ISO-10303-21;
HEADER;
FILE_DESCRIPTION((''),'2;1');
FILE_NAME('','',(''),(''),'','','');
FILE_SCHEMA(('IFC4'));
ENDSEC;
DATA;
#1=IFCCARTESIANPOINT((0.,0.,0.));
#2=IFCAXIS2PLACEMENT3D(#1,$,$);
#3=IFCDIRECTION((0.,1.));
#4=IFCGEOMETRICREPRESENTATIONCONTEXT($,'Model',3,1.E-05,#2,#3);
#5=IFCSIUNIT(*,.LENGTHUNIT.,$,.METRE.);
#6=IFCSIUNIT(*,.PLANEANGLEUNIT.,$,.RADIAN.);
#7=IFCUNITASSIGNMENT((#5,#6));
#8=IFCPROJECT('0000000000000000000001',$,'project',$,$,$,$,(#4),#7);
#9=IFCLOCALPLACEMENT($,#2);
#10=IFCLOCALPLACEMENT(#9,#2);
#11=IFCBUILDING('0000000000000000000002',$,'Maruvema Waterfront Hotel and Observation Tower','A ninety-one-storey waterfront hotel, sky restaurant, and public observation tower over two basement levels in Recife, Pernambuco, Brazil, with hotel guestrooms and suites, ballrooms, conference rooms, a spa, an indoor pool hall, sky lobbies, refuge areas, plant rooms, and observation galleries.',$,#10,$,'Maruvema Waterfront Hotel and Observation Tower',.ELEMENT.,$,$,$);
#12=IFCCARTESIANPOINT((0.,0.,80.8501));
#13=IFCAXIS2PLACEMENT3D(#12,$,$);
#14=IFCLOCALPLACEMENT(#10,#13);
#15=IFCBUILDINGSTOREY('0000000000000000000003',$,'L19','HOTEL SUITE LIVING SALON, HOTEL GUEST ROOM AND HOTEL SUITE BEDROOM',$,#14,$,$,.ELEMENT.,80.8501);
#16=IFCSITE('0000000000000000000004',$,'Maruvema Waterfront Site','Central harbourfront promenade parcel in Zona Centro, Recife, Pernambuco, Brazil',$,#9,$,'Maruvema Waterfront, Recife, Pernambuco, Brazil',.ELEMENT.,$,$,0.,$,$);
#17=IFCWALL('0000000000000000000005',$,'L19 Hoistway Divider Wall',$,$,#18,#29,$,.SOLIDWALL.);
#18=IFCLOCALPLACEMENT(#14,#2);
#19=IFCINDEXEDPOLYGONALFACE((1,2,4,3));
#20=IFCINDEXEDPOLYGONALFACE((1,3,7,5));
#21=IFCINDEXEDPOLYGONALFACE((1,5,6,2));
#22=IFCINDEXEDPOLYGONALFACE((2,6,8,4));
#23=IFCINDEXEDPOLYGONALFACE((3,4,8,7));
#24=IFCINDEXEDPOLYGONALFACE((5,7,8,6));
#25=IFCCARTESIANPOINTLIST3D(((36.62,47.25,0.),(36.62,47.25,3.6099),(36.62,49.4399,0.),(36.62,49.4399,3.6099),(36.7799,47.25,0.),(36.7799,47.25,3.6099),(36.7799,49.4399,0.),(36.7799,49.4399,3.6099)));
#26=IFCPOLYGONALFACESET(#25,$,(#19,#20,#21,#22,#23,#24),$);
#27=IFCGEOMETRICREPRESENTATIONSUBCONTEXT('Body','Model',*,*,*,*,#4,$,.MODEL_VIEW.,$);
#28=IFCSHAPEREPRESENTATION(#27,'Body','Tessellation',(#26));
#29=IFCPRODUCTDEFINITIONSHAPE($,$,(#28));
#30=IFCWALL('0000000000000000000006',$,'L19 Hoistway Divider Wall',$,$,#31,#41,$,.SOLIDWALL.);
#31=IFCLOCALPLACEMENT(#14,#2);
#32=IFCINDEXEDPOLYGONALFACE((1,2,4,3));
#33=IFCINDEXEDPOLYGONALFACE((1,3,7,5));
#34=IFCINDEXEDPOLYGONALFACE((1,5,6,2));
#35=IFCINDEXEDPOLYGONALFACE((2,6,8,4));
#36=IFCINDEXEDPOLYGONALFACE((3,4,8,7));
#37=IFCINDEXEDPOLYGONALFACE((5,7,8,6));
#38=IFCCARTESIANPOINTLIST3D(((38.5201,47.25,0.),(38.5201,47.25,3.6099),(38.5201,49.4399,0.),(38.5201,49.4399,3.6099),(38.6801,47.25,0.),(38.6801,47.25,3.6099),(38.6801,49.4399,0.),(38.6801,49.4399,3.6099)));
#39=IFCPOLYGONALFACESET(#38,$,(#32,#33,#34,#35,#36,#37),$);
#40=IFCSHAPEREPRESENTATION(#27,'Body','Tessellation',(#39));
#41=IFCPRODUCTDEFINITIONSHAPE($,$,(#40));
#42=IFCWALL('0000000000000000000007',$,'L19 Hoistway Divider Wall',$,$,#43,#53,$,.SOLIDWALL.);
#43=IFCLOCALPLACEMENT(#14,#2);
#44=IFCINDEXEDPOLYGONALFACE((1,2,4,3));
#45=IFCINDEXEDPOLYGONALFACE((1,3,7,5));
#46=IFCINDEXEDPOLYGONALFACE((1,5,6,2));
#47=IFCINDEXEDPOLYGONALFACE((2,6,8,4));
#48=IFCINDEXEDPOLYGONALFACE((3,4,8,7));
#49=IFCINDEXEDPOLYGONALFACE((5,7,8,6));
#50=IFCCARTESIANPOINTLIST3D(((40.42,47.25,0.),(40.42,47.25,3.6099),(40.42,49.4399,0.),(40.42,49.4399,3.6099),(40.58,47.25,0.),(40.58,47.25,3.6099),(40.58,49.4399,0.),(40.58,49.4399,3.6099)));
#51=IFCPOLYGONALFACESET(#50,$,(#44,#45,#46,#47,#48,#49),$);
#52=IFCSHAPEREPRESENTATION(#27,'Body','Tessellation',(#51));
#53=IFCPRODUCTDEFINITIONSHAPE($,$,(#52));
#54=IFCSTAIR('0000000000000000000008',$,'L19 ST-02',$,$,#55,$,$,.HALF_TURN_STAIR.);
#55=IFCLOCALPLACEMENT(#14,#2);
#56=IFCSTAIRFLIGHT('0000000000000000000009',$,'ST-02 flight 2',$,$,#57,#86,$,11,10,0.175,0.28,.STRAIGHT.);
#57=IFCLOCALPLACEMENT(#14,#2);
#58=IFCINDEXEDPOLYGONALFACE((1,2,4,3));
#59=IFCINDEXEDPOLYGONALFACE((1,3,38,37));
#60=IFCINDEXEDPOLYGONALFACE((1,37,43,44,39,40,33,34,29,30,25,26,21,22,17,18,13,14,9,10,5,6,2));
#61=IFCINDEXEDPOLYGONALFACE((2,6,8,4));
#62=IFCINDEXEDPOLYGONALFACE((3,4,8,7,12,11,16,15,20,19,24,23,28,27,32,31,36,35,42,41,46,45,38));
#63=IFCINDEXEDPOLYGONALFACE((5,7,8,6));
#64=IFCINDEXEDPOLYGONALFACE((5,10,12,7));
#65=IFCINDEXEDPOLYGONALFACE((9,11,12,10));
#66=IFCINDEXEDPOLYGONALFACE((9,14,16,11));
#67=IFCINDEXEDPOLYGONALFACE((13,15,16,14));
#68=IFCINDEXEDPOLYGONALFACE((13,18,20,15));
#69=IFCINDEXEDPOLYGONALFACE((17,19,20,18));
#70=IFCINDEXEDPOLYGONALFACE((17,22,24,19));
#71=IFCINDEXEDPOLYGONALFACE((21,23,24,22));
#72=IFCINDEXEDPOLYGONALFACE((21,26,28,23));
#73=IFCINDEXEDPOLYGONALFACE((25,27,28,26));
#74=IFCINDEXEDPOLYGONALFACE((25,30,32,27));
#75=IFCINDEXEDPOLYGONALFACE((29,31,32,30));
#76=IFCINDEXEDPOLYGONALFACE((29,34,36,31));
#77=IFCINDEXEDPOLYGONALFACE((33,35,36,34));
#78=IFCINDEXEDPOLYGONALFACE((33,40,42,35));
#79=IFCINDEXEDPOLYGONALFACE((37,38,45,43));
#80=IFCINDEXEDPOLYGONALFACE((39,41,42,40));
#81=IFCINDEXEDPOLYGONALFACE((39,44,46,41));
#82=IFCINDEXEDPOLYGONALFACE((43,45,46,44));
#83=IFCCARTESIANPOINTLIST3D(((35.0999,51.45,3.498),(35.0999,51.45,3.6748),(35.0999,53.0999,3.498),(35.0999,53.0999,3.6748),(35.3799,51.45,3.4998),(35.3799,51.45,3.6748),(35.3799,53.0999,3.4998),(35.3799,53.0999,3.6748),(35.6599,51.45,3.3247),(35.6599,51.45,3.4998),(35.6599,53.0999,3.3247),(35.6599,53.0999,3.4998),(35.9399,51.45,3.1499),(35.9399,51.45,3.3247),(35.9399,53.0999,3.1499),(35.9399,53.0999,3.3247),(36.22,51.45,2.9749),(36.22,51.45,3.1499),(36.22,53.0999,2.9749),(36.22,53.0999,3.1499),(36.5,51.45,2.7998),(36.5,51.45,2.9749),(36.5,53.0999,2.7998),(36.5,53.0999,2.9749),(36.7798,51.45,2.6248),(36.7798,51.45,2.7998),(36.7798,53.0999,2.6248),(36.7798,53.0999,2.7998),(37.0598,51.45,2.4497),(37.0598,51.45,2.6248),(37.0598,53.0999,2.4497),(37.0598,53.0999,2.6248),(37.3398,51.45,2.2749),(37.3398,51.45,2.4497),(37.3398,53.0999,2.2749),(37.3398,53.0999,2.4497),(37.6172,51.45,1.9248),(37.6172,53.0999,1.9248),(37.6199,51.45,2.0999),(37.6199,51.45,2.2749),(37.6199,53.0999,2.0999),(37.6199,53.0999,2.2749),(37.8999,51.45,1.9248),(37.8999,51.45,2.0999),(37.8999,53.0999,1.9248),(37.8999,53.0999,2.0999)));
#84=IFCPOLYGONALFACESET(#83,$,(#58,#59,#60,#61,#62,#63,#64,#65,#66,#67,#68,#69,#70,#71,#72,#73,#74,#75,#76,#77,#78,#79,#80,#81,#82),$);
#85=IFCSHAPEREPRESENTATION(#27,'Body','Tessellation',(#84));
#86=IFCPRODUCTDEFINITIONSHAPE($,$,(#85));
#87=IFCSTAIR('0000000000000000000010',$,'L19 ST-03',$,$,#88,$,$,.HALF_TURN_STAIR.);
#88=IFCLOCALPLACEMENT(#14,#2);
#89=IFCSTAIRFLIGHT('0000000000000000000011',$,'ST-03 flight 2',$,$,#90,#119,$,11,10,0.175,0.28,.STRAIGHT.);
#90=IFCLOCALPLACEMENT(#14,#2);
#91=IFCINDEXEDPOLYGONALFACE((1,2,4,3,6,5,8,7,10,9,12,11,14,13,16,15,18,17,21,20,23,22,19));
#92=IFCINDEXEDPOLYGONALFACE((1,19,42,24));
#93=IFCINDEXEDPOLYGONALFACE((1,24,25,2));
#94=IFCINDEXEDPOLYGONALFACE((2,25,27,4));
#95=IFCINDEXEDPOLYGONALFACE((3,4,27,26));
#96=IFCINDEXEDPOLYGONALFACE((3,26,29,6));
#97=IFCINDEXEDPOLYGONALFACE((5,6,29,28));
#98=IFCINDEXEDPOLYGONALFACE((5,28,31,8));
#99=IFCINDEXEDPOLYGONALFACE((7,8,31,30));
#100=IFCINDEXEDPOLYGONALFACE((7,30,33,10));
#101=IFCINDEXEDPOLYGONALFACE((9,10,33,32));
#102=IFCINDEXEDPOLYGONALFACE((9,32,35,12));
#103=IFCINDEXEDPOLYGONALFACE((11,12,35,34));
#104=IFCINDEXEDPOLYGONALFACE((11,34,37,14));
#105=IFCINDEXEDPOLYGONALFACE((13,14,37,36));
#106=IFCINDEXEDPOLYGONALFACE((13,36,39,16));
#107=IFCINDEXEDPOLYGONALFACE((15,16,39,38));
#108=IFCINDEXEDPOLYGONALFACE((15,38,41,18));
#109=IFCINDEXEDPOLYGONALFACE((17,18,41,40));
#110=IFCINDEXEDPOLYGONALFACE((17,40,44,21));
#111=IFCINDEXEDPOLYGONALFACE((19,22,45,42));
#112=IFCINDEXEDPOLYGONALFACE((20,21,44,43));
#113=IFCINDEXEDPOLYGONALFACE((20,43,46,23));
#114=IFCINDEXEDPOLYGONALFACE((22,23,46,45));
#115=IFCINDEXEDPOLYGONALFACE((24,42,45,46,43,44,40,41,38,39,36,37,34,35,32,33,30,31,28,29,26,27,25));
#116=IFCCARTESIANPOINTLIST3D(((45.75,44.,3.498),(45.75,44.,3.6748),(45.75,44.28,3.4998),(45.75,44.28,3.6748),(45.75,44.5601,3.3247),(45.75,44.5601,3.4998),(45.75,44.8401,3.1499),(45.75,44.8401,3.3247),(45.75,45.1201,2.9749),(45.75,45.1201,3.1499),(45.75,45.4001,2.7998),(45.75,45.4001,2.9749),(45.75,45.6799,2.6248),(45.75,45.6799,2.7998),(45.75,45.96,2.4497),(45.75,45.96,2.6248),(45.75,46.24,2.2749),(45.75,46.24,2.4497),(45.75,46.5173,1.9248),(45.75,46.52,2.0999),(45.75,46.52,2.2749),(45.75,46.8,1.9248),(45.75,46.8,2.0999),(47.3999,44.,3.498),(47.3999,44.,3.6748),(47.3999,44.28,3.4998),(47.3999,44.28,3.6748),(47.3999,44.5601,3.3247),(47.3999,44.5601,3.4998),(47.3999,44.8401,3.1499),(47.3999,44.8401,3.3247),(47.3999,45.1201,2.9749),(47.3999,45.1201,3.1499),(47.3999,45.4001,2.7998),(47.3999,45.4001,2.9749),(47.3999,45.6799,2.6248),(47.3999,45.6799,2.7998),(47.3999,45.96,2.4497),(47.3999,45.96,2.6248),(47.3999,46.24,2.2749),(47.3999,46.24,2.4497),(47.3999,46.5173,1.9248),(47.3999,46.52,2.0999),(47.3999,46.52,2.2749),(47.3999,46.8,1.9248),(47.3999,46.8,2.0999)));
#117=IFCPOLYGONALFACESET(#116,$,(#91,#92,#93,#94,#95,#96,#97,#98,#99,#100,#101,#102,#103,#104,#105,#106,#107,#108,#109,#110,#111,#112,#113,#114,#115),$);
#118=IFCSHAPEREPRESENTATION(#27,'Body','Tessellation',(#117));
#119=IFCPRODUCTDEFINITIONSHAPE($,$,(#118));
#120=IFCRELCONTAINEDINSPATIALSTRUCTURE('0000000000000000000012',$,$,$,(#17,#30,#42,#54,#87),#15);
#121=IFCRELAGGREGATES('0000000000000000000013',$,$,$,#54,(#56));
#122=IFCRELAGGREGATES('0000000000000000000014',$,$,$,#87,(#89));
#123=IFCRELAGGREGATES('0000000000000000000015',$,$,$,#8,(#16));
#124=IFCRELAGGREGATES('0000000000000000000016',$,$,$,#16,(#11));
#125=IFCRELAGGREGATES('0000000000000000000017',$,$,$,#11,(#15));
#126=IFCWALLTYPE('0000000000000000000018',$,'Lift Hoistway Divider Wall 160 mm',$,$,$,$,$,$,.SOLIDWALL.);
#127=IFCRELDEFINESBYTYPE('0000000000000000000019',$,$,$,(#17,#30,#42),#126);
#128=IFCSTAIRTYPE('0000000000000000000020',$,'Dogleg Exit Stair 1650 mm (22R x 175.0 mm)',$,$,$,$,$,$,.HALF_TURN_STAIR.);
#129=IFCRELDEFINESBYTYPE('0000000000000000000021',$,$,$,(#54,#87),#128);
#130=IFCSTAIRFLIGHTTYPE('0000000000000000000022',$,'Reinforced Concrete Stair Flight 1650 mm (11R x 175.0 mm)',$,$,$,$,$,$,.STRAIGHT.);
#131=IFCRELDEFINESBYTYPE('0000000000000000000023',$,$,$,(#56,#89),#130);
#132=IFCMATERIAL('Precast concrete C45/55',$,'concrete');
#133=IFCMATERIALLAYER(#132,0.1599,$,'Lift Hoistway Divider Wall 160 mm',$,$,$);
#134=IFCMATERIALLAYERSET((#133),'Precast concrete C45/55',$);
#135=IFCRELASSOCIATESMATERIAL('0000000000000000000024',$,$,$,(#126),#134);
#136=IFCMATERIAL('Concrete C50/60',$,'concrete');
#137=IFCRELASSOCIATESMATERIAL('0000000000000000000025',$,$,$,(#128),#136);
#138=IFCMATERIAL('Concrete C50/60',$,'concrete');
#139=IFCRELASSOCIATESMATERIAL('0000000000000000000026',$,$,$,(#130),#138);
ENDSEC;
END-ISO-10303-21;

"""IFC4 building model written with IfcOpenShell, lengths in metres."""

from ifc_helpers import new_model, si_unit, direction, frame, frame_2d, origin, place, context, subcontext, project, spatial, polyline, rectangle, outline, extrude, material, layer, layer_set, type_object, element, aggregate, save


model = new_model("IFC4")

# Units and contexts
model_context = context("Model", 3, precision=1e-05, world=origin(), true_north=direction((0.0, 1.0)))
body_context = subcontext(model_context, "Body", "Model", "MODEL_VIEW")
ifc_project = project(units=[si_unit("LENGTHUNIT", "METRE"), si_unit("PLANEANGLEUNIT", "RADIAN")], contexts=[model_context])

# Site, building, storey
site_placement = place(None, origin())
site = spatial("IfcSite", under=ifc_project, at=site_placement, Name="Maruvema Waterfront Site", Description="Central harbourfront promenade parcel in Zona Centro, Recife, Pernambuco, Brazil", LongName="Maruvema Waterfront, Recife, Pernambuco, Brazil", CompositionType="ELEMENT", RefElevation=0.0)
building_placement = place(site_placement, origin())
building = spatial("IfcBuilding", under=site, at=building_placement, Name="Maruvema Waterfront Hotel and Observation Tower", Description="A ninety-one-storey waterfront hotel, sky restaurant, and public observation tower over two basement levels in Recife, Pernambuco, Brazil, with hotel guestrooms and suites, ballrooms, conference rooms, a spa, an indoor pool hall, sky lobbies, refuge areas, plant rooms, and observation galleries.", LongName="Maruvema Waterfront Hotel and Observation Tower", CompositionType="ELEMENT")
storey_placement = place(building_placement, frame((0.0, 0.0, 80.8501)))
storey = spatial("IfcBuildingStorey", under=building, at=storey_placement, Name="L19", Description="HOTEL SUITE LIVING SALON, HOTEL GUEST ROOM AND HOTEL SUITE BEDROOM", CompositionType="ELEMENT", Elevation=80.8501)

# Walls
ifc_material_1 = material(Name="Precast concrete C45/55", Category="concrete")
ifc_layer_1 = layer(ifc_material_1, 0.1599, Name="Lift Hoistway Divider Wall 160 mm")
ifc_layer_set_1 = layer_set([ifc_layer_1], Name="Precast concrete C45/55")
wall_type_1 = type_object("IfcWallType", Name="Lift Hoistway Divider Wall 160 mm", PredefinedType="SOLIDWALL", material=ifc_layer_set_1)
for number, where, z_axis, x_axis, name in (
    (1, (36.7, 47.25, 0.0), (0.0, 0.0, 1.0), (0.0, 1.0, 0.0), "L19 Hoistway Divider Wall"),
    (2, (38.6001, 47.25, 0.0), (0.0, 0.0, 1.0), (0.0, 1.0, 0.0), "L19 Hoistway Divider Wall"),
    (3, (40.5, 47.25, 0.0), (0.0, 0.0, 1.0), (0.0, 1.0, 0.0), "L19 Hoistway Divider Wall"),
):
    element("IfcWall", number, at=place(storey_placement, frame(where, z_axis=z_axis, x_axis=x_axis)), inside=storey, type_object=wall_type_1, Name=name, PredefinedType="SOLIDWALL", context=body_context, shape_type="SweptSolid", body=[
        extrude(rectangle(XDim=2.1899, YDim=0.1599, at=frame_2d((1.095, 0.0))), origin(), (0.0, 0.0, 1.0), 3.6099),
    ])

# Stairs, stair flights
ifc_material_2 = material(Name="Concrete C50/60", Category="concrete")
stair_type = type_object("IfcStairType", Name="Dogleg Exit Stair 1650 mm (22R x 175.0 mm)", PredefinedType="HALF_TURN_STAIR", material=ifc_material_2)
stair_1_placement = place(storey_placement, origin())
stair_1 = element("IfcStair", 4, at=stair_1_placement, inside=storey, type_object=stair_type, Name="L19 ST-02", PredefinedType="HALF_TURN_STAIR")
ifc_material_3 = material(Name="Concrete C50/60", Category="concrete")
stair_flight_type = type_object("IfcStairFlightType", Name="Reinforced Concrete Stair Flight 1650 mm (11R x 175.0 mm)", PredefinedType="STRAIGHT", material=ifc_material_3)
stair_flight_1_placement = place(storey_placement, frame((37.8999, 52.2749, 1.9248), z_axis=(0.0, 0.0, 1.0), x_axis=(-1.0, 0.0, 0.0)))
stair_flight_1 = element("IfcStairFlight", 5, at=stair_flight_1_placement, type_object=stair_flight_type, Name="ST-02 flight 2", NumberOfRisers=11, NumberOfTreads=10, PredefinedType="STRAIGHT", RiserHeight=0.175, TreadLength=0.28, context=body_context, shape_type="SweptSolid", body=[
    extrude(outline(polyline([(0.0, 0.0), (0.0, 0.175), (0.28, 0.175), (0.28, 0.3501), (0.5601, 0.3501), (0.5601, 0.5249), (0.8401, 0.5249), (0.8401, 0.7), (1.1201, 0.7), (1.1201, 0.875), (1.3999, 0.875), (1.3999, 1.05), (1.6799, 1.05), (1.6799, 1.2251), (1.96, 1.2251), (1.96, 1.3999), (2.24, 1.3999), (2.24, 1.575), (2.52, 1.575), (2.52, 1.75), (2.8, 1.75), (2.8, 1.925), (2.8, 1.5732), (0.2827, 0.0), (0.0, 0.0)])), frame((0.0, 0.825, 0.0), z_axis=(0.0, -1.0, 0.0), x_axis=(1.0, 0.0, 0.0)), (0.0, 0.0, 1.0), 1.6499),
])
aggregate(stair_1, [stair_flight_1])
stair_2_placement = place(storey_placement, origin())
stair_2 = element("IfcStair", 6, at=stair_2_placement, inside=storey, type_object=stair_type, Name="L19 ST-03", PredefinedType="HALF_TURN_STAIR")
stair_flight_2_placement = place(storey_placement, frame((46.575, 46.8, 1.9248), z_axis=(0.0, 0.0, 1.0), x_axis=(0.0, -1.0, 0.0)))
stair_flight_2 = element("IfcStairFlight", 7, at=stair_flight_2_placement, type_object=stair_flight_type, Name="ST-03 flight 2", NumberOfRisers=11, NumberOfTreads=10, PredefinedType="STRAIGHT", RiserHeight=0.175, TreadLength=0.28, context=body_context, shape_type="SweptSolid", body=[
    extrude(outline(polyline([(0.0, 0.0), (0.0, 0.175), (0.28, 0.175), (0.28, 0.3501), (0.5601, 0.3501), (0.5601, 0.5249), (0.8401, 0.5249), (0.8401, 0.7), (1.1201, 0.7), (1.1201, 0.875), (1.3999, 0.875), (1.3999, 1.05), (1.6799, 1.05), (1.6799, 1.2251), (1.96, 1.2251), (1.96, 1.3999), (2.24, 1.3999), (2.24, 1.575), (2.52, 1.575), (2.52, 1.75), (2.8, 1.75), (2.8, 1.925), (2.8, 1.5732), (0.2827, 0.0), (0.0, 0.0)])), frame((0.0, 0.825, 0.0), z_axis=(0.0, -1.0, 0.0), x_axis=(1.0, 0.0, 0.0)), (0.0, 0.0, 1.0), 1.6499),
])
aggregate(stair_2, [stair_flight_2])

save(model, "model.ifc")
